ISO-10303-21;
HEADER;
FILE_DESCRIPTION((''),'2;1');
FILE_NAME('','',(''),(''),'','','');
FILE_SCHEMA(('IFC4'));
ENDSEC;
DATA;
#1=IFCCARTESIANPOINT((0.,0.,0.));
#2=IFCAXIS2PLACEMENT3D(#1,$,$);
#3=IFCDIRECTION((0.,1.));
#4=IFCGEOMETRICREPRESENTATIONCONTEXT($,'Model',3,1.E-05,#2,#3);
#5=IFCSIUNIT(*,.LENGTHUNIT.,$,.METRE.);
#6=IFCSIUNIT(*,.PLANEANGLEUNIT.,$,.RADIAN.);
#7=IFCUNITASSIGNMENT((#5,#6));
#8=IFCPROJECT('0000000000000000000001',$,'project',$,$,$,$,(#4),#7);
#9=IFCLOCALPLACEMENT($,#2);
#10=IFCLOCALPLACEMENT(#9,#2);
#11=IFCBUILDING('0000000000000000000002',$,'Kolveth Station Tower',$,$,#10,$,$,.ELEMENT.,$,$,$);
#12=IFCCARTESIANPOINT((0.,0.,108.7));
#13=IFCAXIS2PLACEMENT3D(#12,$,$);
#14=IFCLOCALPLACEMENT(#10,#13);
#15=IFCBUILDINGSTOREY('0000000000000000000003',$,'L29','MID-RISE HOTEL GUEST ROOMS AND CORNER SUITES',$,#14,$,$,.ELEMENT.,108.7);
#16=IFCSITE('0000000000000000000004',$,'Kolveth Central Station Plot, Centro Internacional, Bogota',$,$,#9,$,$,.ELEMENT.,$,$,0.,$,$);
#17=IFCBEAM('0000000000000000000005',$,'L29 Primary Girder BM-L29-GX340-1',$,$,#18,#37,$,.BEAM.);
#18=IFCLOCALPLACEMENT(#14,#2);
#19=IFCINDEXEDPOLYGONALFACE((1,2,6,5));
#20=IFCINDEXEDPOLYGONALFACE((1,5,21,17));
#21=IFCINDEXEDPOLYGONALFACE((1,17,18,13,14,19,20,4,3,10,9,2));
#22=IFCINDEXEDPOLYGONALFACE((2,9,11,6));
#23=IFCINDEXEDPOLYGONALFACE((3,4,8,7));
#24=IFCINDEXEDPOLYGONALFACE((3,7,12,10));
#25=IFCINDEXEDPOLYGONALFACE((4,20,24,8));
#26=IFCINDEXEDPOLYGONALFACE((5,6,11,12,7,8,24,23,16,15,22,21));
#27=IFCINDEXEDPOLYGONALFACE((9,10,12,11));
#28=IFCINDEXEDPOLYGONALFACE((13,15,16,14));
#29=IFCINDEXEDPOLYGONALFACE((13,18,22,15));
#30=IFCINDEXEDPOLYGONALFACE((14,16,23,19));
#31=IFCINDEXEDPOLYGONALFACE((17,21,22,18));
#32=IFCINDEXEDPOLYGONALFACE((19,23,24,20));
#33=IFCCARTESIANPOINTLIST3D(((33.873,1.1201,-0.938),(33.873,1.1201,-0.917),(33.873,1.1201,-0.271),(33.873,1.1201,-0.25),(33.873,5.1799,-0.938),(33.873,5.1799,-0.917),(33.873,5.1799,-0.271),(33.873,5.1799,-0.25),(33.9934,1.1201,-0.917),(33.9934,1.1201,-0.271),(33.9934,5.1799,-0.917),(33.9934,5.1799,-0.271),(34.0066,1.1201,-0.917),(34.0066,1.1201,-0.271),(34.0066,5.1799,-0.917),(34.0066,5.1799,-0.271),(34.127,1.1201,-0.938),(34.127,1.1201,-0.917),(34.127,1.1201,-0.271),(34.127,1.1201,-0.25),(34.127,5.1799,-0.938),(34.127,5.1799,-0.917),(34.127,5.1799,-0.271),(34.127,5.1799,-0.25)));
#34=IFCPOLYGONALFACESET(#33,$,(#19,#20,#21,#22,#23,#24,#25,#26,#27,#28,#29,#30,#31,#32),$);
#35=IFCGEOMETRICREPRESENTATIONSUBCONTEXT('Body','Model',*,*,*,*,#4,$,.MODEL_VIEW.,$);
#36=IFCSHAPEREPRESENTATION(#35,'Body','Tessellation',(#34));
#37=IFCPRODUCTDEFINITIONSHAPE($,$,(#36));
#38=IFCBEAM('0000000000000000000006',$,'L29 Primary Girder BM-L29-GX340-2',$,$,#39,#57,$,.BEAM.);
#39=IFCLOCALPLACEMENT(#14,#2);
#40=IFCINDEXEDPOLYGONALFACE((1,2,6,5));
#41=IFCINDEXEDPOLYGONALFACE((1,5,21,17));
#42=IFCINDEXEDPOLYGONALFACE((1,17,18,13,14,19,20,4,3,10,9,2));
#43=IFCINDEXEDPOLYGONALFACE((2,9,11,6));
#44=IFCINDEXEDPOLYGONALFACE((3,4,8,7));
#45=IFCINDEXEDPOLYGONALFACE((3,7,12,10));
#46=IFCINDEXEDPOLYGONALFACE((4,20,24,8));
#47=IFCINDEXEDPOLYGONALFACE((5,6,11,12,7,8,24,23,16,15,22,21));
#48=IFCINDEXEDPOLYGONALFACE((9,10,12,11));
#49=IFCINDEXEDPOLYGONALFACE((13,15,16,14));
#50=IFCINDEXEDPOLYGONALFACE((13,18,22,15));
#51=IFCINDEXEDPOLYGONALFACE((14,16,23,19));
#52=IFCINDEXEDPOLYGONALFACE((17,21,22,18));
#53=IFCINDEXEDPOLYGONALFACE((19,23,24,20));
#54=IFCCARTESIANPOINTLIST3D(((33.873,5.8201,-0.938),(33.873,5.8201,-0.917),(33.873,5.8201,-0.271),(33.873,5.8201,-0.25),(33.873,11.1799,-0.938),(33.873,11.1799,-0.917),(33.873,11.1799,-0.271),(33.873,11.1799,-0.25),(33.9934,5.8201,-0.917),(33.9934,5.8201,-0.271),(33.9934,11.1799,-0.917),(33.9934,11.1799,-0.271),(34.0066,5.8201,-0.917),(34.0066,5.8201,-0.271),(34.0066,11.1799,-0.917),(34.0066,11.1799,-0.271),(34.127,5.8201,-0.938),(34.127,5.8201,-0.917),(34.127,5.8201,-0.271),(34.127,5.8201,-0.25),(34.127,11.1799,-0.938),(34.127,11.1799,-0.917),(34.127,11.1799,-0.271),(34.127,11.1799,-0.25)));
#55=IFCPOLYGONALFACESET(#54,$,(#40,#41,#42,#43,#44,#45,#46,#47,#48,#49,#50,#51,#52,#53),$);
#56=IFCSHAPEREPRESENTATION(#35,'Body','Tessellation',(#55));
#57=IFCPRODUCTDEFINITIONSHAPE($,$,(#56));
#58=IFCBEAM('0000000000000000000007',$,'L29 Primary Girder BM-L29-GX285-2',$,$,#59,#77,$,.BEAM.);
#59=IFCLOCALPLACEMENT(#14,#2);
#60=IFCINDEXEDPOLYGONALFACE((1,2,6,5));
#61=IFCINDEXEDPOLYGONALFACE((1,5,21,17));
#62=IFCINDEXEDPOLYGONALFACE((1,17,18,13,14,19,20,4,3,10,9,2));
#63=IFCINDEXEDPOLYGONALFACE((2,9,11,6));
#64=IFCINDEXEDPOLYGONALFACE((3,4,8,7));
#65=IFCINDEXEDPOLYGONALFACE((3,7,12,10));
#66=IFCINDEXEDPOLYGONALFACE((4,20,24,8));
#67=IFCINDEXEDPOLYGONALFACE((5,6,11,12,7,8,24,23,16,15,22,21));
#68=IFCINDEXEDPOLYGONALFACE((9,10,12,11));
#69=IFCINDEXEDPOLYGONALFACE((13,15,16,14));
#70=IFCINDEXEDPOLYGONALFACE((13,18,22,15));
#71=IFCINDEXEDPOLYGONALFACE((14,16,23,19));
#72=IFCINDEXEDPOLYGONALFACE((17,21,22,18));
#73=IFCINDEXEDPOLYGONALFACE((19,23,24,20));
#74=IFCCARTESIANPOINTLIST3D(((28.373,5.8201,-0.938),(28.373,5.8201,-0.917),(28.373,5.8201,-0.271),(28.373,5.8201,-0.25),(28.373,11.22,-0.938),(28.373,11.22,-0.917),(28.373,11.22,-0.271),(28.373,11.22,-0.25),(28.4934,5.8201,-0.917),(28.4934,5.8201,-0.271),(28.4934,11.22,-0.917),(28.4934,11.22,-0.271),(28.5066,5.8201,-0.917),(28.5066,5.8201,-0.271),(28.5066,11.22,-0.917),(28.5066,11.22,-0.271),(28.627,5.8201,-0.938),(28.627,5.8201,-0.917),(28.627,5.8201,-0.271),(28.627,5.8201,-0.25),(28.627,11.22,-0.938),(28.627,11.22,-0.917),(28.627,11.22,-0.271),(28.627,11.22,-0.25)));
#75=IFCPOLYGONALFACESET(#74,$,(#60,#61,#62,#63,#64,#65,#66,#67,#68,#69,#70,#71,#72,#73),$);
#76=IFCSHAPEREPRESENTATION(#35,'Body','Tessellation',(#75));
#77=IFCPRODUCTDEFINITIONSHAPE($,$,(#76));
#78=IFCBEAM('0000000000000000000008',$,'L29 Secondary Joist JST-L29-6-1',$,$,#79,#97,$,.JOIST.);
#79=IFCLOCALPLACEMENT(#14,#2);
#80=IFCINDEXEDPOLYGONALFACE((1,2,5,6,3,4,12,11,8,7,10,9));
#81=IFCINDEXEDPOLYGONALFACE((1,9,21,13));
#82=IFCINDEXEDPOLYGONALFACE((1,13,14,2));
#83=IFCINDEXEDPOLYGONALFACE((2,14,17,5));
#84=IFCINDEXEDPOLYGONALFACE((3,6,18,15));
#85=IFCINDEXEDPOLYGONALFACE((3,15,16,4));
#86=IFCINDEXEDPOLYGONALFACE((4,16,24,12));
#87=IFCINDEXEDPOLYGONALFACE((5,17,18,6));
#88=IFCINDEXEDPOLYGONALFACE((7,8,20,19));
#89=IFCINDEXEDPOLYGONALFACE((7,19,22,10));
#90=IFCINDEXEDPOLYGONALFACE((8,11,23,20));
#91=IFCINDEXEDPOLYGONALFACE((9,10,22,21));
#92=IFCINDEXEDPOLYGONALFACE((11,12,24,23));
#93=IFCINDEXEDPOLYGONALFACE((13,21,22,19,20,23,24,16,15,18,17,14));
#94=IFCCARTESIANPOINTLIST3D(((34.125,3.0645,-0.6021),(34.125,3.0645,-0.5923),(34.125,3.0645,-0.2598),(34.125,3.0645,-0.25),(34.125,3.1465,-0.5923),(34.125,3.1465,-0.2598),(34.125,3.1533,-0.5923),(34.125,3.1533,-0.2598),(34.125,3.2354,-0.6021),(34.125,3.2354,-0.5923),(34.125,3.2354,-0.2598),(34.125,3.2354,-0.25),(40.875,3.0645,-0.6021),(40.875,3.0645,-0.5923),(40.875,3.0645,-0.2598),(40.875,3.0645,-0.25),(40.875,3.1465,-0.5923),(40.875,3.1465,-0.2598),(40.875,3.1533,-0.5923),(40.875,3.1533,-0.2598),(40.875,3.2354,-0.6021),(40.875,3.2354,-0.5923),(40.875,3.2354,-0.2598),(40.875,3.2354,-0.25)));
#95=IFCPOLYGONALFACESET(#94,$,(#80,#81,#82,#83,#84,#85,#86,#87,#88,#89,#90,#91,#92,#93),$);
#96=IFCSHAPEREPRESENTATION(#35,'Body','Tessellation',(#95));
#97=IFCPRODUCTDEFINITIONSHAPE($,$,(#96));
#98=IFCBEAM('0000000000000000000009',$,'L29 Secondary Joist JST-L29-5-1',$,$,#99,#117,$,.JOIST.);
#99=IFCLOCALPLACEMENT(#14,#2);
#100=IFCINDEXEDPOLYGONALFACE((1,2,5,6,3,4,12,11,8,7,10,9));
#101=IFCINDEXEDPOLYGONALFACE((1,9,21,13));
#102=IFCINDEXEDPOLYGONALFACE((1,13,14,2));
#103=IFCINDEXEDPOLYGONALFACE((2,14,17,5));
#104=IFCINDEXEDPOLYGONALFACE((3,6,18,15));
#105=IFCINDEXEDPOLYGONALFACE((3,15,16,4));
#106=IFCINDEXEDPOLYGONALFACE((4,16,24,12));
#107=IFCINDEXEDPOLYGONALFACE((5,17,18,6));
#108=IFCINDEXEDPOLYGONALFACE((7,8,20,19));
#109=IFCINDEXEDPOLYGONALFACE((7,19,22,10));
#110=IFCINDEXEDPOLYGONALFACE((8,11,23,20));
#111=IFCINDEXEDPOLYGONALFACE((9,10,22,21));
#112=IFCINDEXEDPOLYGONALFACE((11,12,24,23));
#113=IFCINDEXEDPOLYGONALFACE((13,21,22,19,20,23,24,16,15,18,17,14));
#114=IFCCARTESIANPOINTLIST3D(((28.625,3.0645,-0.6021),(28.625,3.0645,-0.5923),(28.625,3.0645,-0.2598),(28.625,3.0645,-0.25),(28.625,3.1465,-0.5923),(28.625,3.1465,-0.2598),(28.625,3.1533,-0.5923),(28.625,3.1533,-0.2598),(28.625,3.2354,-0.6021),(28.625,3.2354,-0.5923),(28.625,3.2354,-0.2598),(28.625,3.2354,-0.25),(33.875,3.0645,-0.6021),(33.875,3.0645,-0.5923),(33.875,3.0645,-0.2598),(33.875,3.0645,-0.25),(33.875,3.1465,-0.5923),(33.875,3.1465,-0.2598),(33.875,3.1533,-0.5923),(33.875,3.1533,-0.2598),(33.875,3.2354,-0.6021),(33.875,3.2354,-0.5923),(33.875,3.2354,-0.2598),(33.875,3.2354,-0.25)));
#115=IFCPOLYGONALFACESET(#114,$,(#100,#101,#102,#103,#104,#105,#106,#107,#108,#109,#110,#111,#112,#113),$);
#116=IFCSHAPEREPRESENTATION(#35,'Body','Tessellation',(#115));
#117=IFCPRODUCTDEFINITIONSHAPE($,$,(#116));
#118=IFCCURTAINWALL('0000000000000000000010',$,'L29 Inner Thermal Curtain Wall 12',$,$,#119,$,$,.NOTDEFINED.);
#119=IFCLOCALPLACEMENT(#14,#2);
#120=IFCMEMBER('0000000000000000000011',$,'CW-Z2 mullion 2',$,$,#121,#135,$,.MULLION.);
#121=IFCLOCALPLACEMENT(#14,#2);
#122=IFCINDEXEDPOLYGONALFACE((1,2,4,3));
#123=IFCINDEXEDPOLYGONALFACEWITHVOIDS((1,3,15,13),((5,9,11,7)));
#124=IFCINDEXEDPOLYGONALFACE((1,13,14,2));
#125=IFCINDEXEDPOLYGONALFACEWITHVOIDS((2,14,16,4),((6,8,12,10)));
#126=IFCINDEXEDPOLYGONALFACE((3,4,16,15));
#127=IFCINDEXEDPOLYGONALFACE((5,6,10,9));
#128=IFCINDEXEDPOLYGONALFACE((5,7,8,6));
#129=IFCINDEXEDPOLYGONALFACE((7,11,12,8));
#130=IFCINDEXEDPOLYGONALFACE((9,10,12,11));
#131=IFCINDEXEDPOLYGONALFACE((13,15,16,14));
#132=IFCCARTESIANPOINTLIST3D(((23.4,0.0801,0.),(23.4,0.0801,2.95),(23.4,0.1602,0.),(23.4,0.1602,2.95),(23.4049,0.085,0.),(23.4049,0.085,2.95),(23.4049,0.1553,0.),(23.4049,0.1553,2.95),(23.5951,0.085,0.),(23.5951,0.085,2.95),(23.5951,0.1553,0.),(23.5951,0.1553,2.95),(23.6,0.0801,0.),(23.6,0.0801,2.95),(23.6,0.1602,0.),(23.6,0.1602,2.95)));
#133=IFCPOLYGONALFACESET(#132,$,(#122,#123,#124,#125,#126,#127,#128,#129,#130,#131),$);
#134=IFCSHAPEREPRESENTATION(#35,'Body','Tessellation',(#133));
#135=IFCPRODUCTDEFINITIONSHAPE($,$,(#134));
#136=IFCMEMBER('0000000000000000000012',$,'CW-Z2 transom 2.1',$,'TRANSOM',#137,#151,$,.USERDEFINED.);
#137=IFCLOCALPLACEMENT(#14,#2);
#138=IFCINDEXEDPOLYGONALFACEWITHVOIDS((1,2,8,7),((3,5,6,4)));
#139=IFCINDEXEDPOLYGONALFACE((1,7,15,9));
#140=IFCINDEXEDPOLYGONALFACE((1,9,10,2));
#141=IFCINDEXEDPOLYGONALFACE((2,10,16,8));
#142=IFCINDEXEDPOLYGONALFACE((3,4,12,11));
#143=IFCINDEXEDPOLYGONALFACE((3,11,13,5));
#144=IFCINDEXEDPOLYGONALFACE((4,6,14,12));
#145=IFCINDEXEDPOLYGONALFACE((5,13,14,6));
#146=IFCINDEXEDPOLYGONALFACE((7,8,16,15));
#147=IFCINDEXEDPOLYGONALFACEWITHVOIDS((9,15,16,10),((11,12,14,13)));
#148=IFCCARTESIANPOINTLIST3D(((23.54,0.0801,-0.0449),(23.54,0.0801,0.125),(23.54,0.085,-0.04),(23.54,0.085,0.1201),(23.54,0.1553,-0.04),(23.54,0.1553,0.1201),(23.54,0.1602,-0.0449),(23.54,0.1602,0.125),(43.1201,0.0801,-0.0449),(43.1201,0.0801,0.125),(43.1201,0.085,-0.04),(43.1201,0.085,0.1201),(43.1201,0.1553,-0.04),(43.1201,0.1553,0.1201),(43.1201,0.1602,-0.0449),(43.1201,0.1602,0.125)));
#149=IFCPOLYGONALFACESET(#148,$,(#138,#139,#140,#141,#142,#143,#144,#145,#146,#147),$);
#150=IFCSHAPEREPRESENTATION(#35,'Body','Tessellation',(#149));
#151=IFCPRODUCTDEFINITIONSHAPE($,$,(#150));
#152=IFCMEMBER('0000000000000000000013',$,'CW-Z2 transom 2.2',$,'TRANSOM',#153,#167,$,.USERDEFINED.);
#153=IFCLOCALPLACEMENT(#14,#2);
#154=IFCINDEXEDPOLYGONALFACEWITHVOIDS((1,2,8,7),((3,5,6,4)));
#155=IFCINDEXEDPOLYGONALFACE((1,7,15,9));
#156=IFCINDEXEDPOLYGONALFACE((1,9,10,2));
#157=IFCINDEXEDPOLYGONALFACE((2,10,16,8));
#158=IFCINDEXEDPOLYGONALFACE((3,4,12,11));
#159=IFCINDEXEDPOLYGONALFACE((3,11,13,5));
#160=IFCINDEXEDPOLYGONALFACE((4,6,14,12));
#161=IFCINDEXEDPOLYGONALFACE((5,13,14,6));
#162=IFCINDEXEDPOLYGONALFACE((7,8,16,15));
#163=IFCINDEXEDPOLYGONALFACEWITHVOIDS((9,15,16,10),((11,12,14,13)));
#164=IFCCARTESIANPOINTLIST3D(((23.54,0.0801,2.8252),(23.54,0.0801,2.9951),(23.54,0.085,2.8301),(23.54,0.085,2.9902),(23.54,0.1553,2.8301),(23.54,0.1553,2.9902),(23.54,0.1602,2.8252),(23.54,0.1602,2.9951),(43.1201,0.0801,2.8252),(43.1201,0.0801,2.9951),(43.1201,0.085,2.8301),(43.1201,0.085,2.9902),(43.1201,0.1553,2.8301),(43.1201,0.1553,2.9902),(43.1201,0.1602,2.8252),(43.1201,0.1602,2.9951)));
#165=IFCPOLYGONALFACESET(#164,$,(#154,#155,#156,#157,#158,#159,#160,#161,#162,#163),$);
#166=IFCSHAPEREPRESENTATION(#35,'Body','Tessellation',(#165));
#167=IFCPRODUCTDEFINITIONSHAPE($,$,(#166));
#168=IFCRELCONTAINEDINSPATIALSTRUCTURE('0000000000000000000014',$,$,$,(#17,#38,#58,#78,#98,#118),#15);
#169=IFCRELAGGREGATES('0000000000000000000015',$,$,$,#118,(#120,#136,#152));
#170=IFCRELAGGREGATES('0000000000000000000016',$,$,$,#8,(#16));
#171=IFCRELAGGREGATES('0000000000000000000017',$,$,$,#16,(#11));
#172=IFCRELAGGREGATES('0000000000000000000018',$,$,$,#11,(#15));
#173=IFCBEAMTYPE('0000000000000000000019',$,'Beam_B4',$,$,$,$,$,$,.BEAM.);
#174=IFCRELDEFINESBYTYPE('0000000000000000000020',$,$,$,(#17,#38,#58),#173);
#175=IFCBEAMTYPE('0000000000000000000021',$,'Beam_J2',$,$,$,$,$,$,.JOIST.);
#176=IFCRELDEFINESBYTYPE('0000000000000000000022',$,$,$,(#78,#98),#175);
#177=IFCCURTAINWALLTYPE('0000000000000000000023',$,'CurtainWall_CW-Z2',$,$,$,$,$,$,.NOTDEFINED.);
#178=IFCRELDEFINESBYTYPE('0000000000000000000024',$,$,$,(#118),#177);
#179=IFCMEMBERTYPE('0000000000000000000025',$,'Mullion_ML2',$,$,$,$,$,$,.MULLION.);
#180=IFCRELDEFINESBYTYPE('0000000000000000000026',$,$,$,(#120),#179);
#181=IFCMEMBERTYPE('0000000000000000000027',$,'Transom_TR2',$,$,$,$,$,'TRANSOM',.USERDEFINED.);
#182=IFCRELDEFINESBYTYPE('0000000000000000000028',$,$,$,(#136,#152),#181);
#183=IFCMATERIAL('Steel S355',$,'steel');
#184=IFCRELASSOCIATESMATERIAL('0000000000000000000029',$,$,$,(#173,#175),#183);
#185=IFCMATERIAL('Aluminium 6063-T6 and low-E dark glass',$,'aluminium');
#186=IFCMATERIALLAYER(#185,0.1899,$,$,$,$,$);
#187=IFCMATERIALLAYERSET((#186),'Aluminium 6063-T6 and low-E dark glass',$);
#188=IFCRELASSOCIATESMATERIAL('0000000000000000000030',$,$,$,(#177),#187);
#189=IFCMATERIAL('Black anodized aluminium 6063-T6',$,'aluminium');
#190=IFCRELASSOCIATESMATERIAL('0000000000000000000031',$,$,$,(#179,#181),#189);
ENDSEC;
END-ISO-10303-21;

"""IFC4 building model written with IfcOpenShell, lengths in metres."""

from ifc_helpers import new_model, si_unit, direction, frame, origin, origin_2d, place, context, subcontext, project, spatial, hollow_rectangle, i_section, extrude, source, transform, mapped, material, layer, layer_set, material_profile, profile_set, type_object, element, aggregate, save


model = new_model("IFC4")

# Units and contexts
model_context = context("Model", 3, precision=1e-05, world=origin(), true_north=direction((0.0, 1.0)))
body_context = subcontext(model_context, "Body", "Model", "MODEL_VIEW")
ifc_project = project(units=[si_unit("LENGTHUNIT", "METRE"), si_unit("PLANEANGLEUNIT", "RADIAN")], contexts=[model_context])

# Site, building, storey
site_placement = place(None, origin())
site = spatial("IfcSite", under=ifc_project, at=site_placement, Name="Kolveth Central Station Plot, Centro Internacional, Bogota", CompositionType="ELEMENT", RefElevation=0.0)
building_placement = place(site_placement, origin())
building = spatial("IfcBuilding", under=site, at=building_placement, Name="Kolveth Station Tower", CompositionType="ELEMENT")
storey_placement = place(building_placement, frame((0.0, 0.0, 108.7)))
storey = spatial("IfcBuildingStorey", under=building, at=storey_placement, Name="L29", Description="MID-RISE HOTEL GUEST ROOMS AND CORNER SUITES", CompositionType="ELEMENT", Elevation=108.7)

# Beams
ifc_material_1 = material(Name="Steel S355", Category="steel")
ifc_material_profile_1 = material_profile(ifc_material_1, i_section(OverallWidth=0.2539, OverallDepth=0.688, WebThickness=0.0132, FlangeThickness=0.021, at=origin_2d()), Name="W690x152")
ifc_profile_set_1 = profile_set([ifc_material_profile_1], Name="Steel S355")
beam_type_1 = type_object("IfcBeamType", Name="Beam_B4", PredefinedType="BEAM", material=ifc_profile_set_1)
shared_shape_1 = source(origin(), body_context, "Body", "SweptSolid", [
    extrude(i_section(OverallWidth=0.2539, OverallDepth=0.688, WebThickness=0.0132, FlangeThickness=0.021, at=origin_2d()), origin(), (0.0, 0.0, 1.0), 4.0598),
])
for number, where, z_axis, x_axis, name in (
    (1, (34.0, 1.1201, -0.594), (0.0, 1.0, 0.0), (-1.0, 0.0, 0.0), "L29 Primary Girder BM-L29-GX340-1"),
):
    element("IfcBeam", number, at=place(storey_placement, frame(where, z_axis=z_axis, x_axis=x_axis)), inside=storey, type_object=beam_type_1, Name=name, PredefinedType="BEAM", context=body_context, shape_type="MappedRepresentation", body=[
        mapped(shared_shape_1, transform((0.0, 0.0, 0.0), x_axis=(1.0, 0.0, 0.0), y_axis=(0.0, 1.0, 0.0), z_axis=(0.0, 0.0, 1.0), scale=1.0)),
    ])
shared_shape_2 = source(origin(), body_context, "Body", "SweptSolid", [
    extrude(i_section(OverallWidth=0.2539, OverallDepth=0.688, WebThickness=0.0132, FlangeThickness=0.021, at=origin_2d()), origin(), (0.0, 0.0, 1.0), 5.3599),
])
beam_1_placement = place(storey_placement, frame((34.0, 5.8201, -0.594), z_axis=(0.0, 1.0, 0.0), x_axis=(-1.0, 0.0, 0.0)))
element("IfcBeam", 2, at=beam_1_placement, inside=storey, type_object=beam_type_1, Name="L29 Primary Girder BM-L29-GX340-2", PredefinedType="BEAM", context=body_context, shape_type="MappedRepresentation", body=[
    mapped(shared_shape_2, transform((0.0, 0.0, 0.0), x_axis=(1.0, 0.0, 0.0), y_axis=(0.0, 1.0, 0.0), z_axis=(0.0, 0.0, 1.0), scale=1.0)),
])
shared_shape_3 = source(origin(), body_context, "Body", "SweptSolid", [
    extrude(i_section(OverallWidth=0.2539, OverallDepth=0.688, WebThickness=0.0132, FlangeThickness=0.021, at=origin_2d()), origin(), (0.0, 0.0, 1.0), 5.3999),
])
beam_2_placement = place(storey_placement, frame((28.5, 5.8201, -0.594), z_axis=(0.0, 1.0, 0.0), x_axis=(-1.0, 0.0, 0.0)))
element("IfcBeam", 3, at=beam_2_placement, inside=storey, type_object=beam_type_1, Name="L29 Primary Girder BM-L29-GX285-2", PredefinedType="BEAM", context=body_context, shape_type="MappedRepresentation", body=[
    mapped(shared_shape_3, transform((0.0, 0.0, 0.0), x_axis=(1.0, 0.0, 0.0), y_axis=(0.0, 1.0, 0.0), z_axis=(0.0, 0.0, 1.0), scale=1.0)),
])
ifc_material_profile_2 = material_profile(ifc_material_1, i_section(OverallWidth=0.1709, OverallDepth=0.3521, WebThickness=0.0068, FlangeThickness=0.0098, at=origin_2d()), Name="W360x44")
ifc_profile_set_2 = profile_set([ifc_material_profile_2], Name="Steel S355")
beam_type_2 = type_object("IfcBeamType", Name="Beam_J2", PredefinedType="JOIST", material=ifc_profile_set_2)
shared_shape_4 = source(origin(), body_context, "Body", "SweptSolid", [
    extrude(i_section(OverallWidth=0.1709, OverallDepth=0.3521, WebThickness=0.0068, FlangeThickness=0.0098, at=origin_2d()), origin(), (0.0, 0.0, 1.0), 6.75),
])
beam_3_placement = place(storey_placement, frame((34.125, 3.1499, -0.426), z_axis=(1.0, 0.0, 0.0), x_axis=(0.0, 1.0, 0.0)))
element("IfcBeam", 4, at=beam_3_placement, inside=storey, type_object=beam_type_2, Name="L29 Secondary Joist JST-L29-6-1", PredefinedType="JOIST", context=body_context, shape_type="MappedRepresentation", body=[
    mapped(shared_shape_4, transform((0.0, 0.0, 0.0), x_axis=(1.0, 0.0, 0.0), y_axis=(0.0, 1.0, 0.0), z_axis=(0.0, 0.0, 1.0), scale=1.0)),
])
shared_shape_5 = source(origin(), body_context, "Body", "SweptSolid", [
    extrude(i_section(OverallWidth=0.1709, OverallDepth=0.3521, WebThickness=0.0068, FlangeThickness=0.0098, at=origin_2d()), origin(), (0.0, 0.0, 1.0), 5.25),
])
beam_4_placement = place(storey_placement, frame((28.625, 3.1499, -0.426), z_axis=(1.0, 0.0, 0.0), x_axis=(0.0, 1.0, 0.0)))
element("IfcBeam", 5, at=beam_4_placement, inside=storey, type_object=beam_type_2, Name="L29 Secondary Joist JST-L29-5-1", PredefinedType="JOIST", context=body_context, shape_type="MappedRepresentation", body=[
    mapped(shared_shape_5, transform((0.0, 0.0, 0.0), x_axis=(1.0, 0.0, 0.0), y_axis=(0.0, 1.0, 0.0), z_axis=(0.0, 0.0, 1.0), scale=1.0)),
])

# Curtain wall, members
ifc_material_2 = material(Name="Aluminium 6063-T6 and low-E dark glass", Category="aluminium")
ifc_layer_1 = layer(ifc_material_2, 0.1899)
ifc_layer_set_1 = layer_set([ifc_layer_1], Name="Aluminium 6063-T6 and low-E dark glass")
curtain_wall_type_1 = type_object("IfcCurtainWallType", Name="CurtainWall_CW-Z2", PredefinedType="NOTDEFINED", material=ifc_layer_set_1)
curtain_wall_1_placement = place(storey_placement, origin())
curtain_wall_1 = element("IfcCurtainWall", 6, at=curtain_wall_1_placement, inside=storey, type_object=curtain_wall_type_1, Name="L29 Inner Thermal Curtain Wall 12", PredefinedType="NOTDEFINED")
ifc_material_3 = material(Name="Black anodized aluminium 6063-T6", Category="aluminium")
ifc_material_profile_3 = material_profile(ifc_material_3, hollow_rectangle(XDim=0.0801, YDim=0.2, WallThickness=0.0049, at=origin_2d()), Name="ALU-80x200x5")
ifc_profile_set_3 = profile_set([ifc_material_profile_3], Name="Black anodized aluminium 6063-T6")
member_type_1 = type_object("IfcMemberType", Name="Mullion_ML2", PredefinedType="MULLION", material=ifc_profile_set_3)
shared_shape_6 = source(origin(), body_context, "Body", "SweptSolid", [
    extrude(hollow_rectangle(XDim=0.0801, YDim=0.2, WallThickness=0.0049, at=origin_2d()), origin(), (0.0, 0.0, 1.0), 2.95),
])
member_1_placement = place(storey_placement, frame((23.5, 0.1201, 0.0), z_axis=(0.0, 0.0, 1.0), x_axis=(0.0, 1.0, 0.0)))
member_1 = element("IfcMember", 7, at=member_1_placement, type_object=member_type_1, Name="CW-Z2 mullion 2", PredefinedType="MULLION", context=body_context, shape_type="MappedRepresentation", body=[
    mapped(shared_shape_6, transform((0.0, 0.0, 0.0), x_axis=(1.0, 0.0, 0.0), y_axis=(0.0, 1.0, 0.0), z_axis=(0.0, 0.0, 1.0), scale=1.0)),
])
ifc_material_profile_4 = material_profile(ifc_material_3, hollow_rectangle(XDim=0.0801, YDim=0.1699, WallThickness=0.0049, at=origin_2d()), Name="ALU-80x170x5")
ifc_profile_set_4 = profile_set([ifc_material_profile_4], Name="Black anodized aluminium 6063-T6")
member_type_2 = type_object("IfcMemberType", Name="Transom_TR2", ElementType="TRANSOM", PredefinedType="USERDEFINED", material=ifc_profile_set_4)
shared_shape_7 = source(origin(), body_context, "Body", "SweptSolid", [
    extrude(hollow_rectangle(XDim=0.0801, YDim=0.1699, WallThickness=0.0049, at=origin_2d()), origin(), (0.0, 0.0, 1.0), 19.5801),
])
member_2_placement = place(storey_placement, frame((23.54, 0.1201, 0.04), z_axis=(1.0, 0.0, 0.0), x_axis=(0.0, 1.0, 0.0)))
member_2 = element("IfcMember", 8, at=member_2_placement, type_object=member_type_2, Name="CW-Z2 transom 2.1", ObjectType="TRANSOM", PredefinedType="USERDEFINED", context=body_context, shape_type="MappedRepresentation", body=[
    mapped(shared_shape_7, transform((0.0, 0.0, 0.0), x_axis=(1.0, 0.0, 0.0), y_axis=(0.0, 1.0, 0.0), z_axis=(0.0, 0.0, 1.0), scale=1.0)),
])
member_3_placement = place(storey_placement, frame((23.54, 0.1201, 2.9102), z_axis=(1.0, 0.0, 0.0), x_axis=(0.0, 1.0, 0.0)))
member_3 = element("IfcMember", 9, at=member_3_placement, type_object=member_type_2, Name="CW-Z2 transom 2.2", ObjectType="TRANSOM", PredefinedType="USERDEFINED", context=body_context, shape_type="MappedRepresentation", body=[
    mapped(shared_shape_7, transform((0.0, 0.0, 0.0), x_axis=(1.0, 0.0, 0.0), y_axis=(0.0, 1.0, 0.0), z_axis=(0.0, 0.0, 1.0), scale=1.0)),
])
aggregate(curtain_wall_1, [member_1, member_2, member_3])

save(model, "model.ifc")
